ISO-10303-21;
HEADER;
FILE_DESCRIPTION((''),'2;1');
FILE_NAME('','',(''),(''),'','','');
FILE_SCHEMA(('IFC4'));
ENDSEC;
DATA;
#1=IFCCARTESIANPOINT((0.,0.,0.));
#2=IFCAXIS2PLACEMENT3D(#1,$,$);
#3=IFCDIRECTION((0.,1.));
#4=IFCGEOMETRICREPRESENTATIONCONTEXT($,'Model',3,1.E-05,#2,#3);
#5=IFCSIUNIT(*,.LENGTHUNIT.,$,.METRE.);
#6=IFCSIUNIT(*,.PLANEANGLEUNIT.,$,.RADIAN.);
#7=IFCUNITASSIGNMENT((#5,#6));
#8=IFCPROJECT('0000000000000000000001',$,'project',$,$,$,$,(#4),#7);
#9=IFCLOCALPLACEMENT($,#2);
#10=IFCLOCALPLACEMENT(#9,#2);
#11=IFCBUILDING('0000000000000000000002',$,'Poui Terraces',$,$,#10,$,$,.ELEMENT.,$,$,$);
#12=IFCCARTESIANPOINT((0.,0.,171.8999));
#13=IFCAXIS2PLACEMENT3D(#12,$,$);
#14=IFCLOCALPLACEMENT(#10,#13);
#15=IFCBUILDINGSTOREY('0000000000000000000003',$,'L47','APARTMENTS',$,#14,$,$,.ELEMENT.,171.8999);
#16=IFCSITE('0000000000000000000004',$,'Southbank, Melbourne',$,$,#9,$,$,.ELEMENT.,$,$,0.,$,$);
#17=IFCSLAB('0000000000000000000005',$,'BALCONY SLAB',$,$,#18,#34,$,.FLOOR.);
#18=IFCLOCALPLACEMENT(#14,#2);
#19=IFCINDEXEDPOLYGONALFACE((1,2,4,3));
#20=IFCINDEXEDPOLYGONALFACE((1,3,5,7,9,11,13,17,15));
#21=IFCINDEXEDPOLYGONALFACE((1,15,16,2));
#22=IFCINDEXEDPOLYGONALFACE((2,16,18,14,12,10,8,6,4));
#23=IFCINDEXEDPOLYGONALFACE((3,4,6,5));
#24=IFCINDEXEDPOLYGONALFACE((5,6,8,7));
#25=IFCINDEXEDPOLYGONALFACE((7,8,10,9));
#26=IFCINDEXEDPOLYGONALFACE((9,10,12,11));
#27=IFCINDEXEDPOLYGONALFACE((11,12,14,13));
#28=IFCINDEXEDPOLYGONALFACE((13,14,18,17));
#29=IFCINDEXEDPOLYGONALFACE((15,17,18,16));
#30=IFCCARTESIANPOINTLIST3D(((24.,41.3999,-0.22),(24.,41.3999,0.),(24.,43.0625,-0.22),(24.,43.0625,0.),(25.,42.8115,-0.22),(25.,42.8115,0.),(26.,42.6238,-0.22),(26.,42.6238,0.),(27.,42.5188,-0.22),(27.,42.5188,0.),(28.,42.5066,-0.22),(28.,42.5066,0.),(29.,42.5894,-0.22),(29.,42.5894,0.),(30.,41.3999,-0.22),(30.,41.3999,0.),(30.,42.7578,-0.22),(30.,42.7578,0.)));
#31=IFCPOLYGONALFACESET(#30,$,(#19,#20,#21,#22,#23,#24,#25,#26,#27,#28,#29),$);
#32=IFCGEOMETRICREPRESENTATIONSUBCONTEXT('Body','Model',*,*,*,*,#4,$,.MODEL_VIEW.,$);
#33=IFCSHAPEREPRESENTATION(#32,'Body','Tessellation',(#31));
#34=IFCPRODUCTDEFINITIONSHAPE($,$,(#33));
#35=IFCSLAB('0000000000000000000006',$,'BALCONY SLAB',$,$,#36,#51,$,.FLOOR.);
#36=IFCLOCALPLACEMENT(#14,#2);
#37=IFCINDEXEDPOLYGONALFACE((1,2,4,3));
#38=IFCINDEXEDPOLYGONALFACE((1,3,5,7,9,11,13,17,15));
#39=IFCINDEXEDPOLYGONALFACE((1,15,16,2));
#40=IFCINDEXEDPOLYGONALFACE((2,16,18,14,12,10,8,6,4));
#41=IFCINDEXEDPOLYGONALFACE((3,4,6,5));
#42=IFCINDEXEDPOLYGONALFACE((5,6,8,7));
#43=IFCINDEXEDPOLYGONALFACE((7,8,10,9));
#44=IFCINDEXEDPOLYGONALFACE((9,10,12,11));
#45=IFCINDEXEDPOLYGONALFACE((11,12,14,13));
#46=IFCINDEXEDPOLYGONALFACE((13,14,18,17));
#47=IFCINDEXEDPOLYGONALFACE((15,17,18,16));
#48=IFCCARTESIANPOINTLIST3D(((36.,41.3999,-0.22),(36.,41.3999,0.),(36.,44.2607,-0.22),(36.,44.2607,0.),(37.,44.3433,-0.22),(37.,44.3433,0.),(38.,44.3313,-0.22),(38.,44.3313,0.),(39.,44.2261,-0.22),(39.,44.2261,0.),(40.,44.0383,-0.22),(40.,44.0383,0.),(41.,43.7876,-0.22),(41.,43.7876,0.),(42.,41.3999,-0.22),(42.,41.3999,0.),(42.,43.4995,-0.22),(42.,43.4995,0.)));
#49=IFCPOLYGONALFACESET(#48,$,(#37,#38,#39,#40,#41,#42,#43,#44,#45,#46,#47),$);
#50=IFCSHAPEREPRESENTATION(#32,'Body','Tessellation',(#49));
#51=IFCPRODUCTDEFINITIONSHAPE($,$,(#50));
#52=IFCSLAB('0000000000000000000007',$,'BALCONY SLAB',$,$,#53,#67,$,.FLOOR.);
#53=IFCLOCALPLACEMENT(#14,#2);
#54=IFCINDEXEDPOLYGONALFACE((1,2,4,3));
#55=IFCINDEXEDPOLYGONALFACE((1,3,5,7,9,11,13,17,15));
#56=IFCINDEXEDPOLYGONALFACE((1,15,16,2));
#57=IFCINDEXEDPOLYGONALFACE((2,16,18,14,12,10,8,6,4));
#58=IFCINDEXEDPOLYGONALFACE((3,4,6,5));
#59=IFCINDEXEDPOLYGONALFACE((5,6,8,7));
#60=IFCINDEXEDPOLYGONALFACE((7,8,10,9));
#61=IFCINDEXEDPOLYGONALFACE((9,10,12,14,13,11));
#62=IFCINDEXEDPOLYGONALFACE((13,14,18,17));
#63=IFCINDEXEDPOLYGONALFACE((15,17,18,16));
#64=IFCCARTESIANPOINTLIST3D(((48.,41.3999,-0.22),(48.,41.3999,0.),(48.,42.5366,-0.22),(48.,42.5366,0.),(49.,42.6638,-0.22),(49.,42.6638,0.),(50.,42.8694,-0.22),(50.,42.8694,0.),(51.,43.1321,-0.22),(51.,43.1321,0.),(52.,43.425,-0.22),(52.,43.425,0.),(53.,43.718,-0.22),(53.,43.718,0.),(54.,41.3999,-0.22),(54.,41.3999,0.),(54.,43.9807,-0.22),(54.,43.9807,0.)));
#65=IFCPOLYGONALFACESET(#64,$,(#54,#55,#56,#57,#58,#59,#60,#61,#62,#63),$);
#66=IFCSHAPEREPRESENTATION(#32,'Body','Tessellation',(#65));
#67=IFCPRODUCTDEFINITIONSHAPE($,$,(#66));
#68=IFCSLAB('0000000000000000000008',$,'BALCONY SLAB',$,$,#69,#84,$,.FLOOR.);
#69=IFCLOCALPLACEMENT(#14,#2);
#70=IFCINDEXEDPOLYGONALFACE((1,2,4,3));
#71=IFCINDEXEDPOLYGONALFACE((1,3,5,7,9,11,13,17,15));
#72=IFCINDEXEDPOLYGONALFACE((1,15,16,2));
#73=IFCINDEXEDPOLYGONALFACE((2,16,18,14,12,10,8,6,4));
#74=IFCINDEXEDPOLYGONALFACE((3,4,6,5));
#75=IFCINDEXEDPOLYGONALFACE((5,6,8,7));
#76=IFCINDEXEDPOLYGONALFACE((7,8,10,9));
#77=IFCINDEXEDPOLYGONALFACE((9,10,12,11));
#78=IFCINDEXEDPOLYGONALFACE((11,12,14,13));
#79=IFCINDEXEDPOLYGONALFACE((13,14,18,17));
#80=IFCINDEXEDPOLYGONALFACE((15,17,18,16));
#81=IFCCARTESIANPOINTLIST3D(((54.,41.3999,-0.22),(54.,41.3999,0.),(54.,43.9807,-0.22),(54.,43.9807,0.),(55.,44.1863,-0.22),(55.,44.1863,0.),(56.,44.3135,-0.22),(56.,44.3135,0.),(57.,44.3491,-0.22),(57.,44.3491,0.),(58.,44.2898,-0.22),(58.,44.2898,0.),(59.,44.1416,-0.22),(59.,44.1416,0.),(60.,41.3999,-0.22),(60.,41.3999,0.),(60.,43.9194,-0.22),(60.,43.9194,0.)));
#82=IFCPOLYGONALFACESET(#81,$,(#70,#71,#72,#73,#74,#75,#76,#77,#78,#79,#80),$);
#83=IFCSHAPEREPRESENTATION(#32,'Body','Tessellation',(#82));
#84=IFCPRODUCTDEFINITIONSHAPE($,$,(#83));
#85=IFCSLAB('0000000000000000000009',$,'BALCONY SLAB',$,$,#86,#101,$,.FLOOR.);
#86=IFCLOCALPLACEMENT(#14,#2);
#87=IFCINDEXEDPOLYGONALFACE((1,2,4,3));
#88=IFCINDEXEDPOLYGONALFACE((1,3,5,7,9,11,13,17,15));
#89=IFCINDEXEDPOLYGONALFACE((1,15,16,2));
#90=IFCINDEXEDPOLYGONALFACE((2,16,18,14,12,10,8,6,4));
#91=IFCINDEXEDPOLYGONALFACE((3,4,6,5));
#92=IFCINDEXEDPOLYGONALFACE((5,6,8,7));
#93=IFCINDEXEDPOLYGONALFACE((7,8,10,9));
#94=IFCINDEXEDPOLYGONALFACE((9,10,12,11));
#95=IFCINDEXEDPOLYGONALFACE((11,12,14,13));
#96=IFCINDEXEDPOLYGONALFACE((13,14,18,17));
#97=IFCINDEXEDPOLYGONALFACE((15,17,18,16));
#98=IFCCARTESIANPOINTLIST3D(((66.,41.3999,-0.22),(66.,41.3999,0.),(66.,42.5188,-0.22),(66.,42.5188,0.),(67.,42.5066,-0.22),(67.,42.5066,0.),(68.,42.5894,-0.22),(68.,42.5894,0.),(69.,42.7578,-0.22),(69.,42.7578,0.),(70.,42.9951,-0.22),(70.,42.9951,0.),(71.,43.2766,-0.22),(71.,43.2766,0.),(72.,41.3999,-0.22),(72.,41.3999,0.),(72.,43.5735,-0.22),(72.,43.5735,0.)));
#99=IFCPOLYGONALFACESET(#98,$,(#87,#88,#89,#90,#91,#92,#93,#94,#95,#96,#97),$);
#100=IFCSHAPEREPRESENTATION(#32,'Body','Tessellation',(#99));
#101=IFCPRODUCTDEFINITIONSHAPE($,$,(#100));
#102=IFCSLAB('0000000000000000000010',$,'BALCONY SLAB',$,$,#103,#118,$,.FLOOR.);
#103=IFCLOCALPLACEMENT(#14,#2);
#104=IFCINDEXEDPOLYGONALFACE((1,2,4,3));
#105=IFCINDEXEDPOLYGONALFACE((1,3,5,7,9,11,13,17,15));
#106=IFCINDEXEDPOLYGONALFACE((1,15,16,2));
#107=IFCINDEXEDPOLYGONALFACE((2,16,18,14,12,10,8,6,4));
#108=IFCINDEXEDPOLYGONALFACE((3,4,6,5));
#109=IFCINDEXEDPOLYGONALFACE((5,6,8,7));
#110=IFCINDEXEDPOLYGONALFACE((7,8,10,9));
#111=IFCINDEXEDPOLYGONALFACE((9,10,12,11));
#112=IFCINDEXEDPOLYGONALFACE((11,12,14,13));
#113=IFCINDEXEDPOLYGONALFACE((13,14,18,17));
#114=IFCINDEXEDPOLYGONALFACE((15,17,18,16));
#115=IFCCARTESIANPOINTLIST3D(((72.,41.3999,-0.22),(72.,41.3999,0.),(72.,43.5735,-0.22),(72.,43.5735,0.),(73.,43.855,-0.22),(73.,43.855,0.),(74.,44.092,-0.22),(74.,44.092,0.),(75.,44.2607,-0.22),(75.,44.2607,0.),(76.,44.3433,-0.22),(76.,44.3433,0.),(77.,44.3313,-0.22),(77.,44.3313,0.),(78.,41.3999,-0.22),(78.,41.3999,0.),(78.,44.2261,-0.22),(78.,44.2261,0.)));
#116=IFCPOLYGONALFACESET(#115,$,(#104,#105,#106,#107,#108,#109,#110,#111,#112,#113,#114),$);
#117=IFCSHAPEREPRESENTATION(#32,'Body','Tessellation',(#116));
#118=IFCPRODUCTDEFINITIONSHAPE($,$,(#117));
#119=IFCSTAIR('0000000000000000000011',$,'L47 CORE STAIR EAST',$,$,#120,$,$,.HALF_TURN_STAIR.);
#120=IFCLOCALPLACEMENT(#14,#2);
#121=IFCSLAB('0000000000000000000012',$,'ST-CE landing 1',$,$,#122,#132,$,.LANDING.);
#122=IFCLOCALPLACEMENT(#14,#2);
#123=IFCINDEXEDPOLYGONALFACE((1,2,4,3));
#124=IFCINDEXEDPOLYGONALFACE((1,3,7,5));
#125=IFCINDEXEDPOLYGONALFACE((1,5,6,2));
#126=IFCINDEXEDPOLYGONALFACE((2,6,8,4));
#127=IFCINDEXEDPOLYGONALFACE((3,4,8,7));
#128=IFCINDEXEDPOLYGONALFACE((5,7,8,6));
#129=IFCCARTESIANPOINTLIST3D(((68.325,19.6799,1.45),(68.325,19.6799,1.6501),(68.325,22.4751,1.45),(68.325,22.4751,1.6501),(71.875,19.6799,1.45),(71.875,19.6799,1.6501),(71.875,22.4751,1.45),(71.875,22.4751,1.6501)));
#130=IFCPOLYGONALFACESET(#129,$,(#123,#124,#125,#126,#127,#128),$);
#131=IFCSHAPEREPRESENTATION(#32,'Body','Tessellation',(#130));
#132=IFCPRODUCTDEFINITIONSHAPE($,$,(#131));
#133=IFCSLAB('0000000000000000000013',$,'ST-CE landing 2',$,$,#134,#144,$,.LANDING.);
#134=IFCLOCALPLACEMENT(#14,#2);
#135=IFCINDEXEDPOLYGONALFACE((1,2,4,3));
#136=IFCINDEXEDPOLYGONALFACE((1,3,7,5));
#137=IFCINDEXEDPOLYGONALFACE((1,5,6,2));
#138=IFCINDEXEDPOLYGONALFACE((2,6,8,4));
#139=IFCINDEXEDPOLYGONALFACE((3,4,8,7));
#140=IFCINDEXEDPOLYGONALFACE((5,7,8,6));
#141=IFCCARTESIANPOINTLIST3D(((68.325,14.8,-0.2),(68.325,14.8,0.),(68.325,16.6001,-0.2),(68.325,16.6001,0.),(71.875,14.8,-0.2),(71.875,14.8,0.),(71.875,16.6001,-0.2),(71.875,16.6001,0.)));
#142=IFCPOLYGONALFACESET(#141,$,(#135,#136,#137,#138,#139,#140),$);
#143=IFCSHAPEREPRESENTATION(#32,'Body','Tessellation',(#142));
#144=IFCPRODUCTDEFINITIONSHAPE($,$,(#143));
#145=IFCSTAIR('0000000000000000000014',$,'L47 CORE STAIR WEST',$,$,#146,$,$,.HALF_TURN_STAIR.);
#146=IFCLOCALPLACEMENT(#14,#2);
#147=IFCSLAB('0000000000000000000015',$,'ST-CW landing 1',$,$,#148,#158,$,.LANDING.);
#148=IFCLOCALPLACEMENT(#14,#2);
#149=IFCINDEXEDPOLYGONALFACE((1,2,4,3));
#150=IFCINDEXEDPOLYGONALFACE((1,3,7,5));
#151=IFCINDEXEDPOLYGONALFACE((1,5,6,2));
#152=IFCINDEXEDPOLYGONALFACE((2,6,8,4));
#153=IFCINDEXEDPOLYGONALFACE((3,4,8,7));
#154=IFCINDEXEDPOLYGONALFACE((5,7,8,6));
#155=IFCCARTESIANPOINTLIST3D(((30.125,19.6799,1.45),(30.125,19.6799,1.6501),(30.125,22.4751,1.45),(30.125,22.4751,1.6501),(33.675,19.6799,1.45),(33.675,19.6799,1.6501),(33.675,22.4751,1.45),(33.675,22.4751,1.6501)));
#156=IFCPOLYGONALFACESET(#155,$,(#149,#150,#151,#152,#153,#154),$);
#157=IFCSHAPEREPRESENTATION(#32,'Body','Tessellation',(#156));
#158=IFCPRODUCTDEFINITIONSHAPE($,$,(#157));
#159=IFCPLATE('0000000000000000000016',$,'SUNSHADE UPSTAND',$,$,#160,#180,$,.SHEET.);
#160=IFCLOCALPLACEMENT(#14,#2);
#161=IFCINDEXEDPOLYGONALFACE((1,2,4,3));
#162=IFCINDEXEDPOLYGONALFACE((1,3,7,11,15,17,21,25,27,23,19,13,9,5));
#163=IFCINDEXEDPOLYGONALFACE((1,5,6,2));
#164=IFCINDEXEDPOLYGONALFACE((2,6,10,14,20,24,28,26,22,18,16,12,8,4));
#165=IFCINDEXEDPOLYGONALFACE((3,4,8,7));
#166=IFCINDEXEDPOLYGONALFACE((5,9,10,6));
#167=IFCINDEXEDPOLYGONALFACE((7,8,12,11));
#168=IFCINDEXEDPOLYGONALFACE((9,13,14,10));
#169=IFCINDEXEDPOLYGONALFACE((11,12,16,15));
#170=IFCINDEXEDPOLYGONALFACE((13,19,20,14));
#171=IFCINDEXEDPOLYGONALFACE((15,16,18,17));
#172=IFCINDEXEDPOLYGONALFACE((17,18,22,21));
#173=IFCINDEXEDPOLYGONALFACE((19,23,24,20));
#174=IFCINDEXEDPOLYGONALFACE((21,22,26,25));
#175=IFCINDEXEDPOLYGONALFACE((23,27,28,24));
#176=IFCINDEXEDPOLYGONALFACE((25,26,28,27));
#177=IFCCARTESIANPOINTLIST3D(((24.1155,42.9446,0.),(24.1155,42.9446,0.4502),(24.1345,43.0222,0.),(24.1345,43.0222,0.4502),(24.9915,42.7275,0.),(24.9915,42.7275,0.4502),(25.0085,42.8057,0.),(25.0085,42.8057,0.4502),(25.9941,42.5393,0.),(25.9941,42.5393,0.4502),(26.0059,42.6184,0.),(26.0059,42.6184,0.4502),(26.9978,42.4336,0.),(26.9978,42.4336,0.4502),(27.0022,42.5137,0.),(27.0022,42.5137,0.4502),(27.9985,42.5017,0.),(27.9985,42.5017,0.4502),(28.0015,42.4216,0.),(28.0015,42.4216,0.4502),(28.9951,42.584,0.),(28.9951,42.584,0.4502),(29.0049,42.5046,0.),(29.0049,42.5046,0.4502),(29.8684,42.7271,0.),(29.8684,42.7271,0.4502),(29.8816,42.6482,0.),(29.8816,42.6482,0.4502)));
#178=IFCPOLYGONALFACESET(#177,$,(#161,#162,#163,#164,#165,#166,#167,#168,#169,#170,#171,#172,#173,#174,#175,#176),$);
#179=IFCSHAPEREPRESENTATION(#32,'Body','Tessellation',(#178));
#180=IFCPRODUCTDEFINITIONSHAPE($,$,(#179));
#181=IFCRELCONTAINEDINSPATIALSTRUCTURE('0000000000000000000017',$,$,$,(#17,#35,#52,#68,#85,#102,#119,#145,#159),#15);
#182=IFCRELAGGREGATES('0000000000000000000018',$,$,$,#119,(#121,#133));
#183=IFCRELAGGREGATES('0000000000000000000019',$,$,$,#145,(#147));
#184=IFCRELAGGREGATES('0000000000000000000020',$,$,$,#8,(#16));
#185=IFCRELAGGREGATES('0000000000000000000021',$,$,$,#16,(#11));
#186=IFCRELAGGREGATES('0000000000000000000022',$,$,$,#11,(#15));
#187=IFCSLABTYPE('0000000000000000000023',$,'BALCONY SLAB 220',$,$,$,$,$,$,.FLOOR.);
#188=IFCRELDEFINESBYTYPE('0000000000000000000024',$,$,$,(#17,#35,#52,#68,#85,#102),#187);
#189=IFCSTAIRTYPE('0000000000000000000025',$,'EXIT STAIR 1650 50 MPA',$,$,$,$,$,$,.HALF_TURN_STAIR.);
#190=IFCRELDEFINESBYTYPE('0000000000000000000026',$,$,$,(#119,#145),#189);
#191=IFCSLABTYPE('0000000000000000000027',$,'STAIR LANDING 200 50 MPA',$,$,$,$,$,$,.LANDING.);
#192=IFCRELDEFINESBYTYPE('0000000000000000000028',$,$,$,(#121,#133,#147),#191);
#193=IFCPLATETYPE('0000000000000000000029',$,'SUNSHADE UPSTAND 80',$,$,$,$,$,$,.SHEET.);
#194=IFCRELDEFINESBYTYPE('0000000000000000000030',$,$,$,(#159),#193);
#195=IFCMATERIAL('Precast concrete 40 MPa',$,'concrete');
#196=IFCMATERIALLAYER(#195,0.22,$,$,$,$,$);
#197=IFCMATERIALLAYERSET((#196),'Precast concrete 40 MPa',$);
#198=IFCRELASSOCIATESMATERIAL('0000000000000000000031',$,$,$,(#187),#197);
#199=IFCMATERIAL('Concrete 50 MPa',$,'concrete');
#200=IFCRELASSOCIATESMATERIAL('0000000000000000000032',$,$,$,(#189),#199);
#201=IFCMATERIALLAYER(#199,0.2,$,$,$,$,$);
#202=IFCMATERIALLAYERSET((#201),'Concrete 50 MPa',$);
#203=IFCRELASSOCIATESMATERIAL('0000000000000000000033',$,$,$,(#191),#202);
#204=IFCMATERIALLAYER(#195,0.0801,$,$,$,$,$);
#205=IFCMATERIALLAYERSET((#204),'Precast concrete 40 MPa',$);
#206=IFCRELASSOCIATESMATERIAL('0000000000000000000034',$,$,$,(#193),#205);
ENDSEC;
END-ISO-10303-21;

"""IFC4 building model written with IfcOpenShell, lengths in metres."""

from ifc_helpers import new_model, si_unit, direction, frame, origin, place, context, subcontext, project, spatial, polyline, outline, extrude, material, layer, layer_set, type_object, element, aggregate, save


model = new_model("IFC4")

# Units and contexts
model_context = context("Model", 3, precision=1e-05, world=origin(), true_north=direction((0.0, 1.0)))
body_context = subcontext(model_context, "Body", "Model", "MODEL_VIEW")
ifc_project = project(units=[si_unit("LENGTHUNIT", "METRE"), si_unit("PLANEANGLEUNIT", "RADIAN")], contexts=[model_context])

# Site, building, storey
site_placement = place(None, origin())
site = spatial("IfcSite", under=ifc_project, at=site_placement, Name="Southbank, Melbourne", CompositionType="ELEMENT", RefElevation=0.0)
building_placement = place(site_placement, origin())
building = spatial("IfcBuilding", under=site, at=building_placement, Name="Poui Terraces", CompositionType="ELEMENT")
storey_placement = place(building_placement, frame((0.0, 0.0, 171.8999)))
storey = spatial("IfcBuildingStorey", under=building, at=storey_placement, Name="L47", Description="APARTMENTS", CompositionType="ELEMENT", Elevation=171.8999)

# Slabs
ifc_material_1 = material(Name="Precast concrete 40 MPa", Category="concrete")
ifc_layer_1 = layer(ifc_material_1, 0.22)
ifc_layer_set_1 = layer_set([ifc_layer_1], Name="Precast concrete 40 MPa")
slab_type_1 = type_object("IfcSlabType", Name="BALCONY SLAB 220", PredefinedType="FLOOR", material=ifc_layer_set_1)
slab_1_placement = place(storey_placement, frame((0.0, 0.0, -0.22)))
element("IfcSlab", 1, at=slab_1_placement, inside=storey, type_object=slab_type_1, Name="BALCONY SLAB", PredefinedType="FLOOR", context=body_context, shape_type="SweptSolid", body=[
    extrude(outline(polyline([(24.0, 41.3999), (30.0, 41.3999), (30.0, 42.7578), (29.0, 42.5894), (28.0, 42.5066), (27.0, 42.5188), (26.0, 42.6238), (25.0, 42.8115), (24.0, 43.0625), (24.0, 41.3999)])), origin(), (0.0, 0.0, 1.0), 0.22),
])
slab_2_placement = place(storey_placement, frame((0.0, 0.0, -0.22)))
element("IfcSlab", 2, at=slab_2_placement, inside=storey, type_object=slab_type_1, Name="BALCONY SLAB", PredefinedType="FLOOR", context=body_context, shape_type="SweptSolid", body=[
    extrude(outline(polyline([(36.0, 41.3999), (42.0, 41.3999), (42.0, 43.4995), (41.0, 43.7876), (40.0, 44.0383), (39.0, 44.2261), (38.0, 44.3313), (37.0, 44.3433), (36.0, 44.2607), (36.0, 41.3999)])), origin(), (0.0, 0.0, 1.0), 0.22),
])
slab_3_placement = place(storey_placement, frame((0.0, 0.0, -0.22)))
element("IfcSlab", 3, at=slab_3_placement, inside=storey, type_object=slab_type_1, Name="BALCONY SLAB", PredefinedType="FLOOR", context=body_context, shape_type="SweptSolid", body=[
    extrude(outline(polyline([(48.0, 41.3999), (54.0, 41.3999), (54.0, 43.9807), (53.0, 43.718), (52.0, 43.425), (51.0, 43.1321), (50.0, 42.8694), (49.0, 42.6638), (48.0, 42.5366), (48.0, 41.3999)])), origin(), (0.0, 0.0, 1.0), 0.22),
])
slab_4_placement = place(storey_placement, frame((0.0, 0.0, -0.22)))
element("IfcSlab", 4, at=slab_4_placement, inside=storey, type_object=slab_type_1, Name="BALCONY SLAB", PredefinedType="FLOOR", context=body_context, shape_type="SweptSolid", body=[
    extrude(outline(polyline([(54.0, 41.3999), (60.0, 41.3999), (60.0, 43.9194), (59.0, 44.1416), (58.0, 44.2898), (57.0, 44.3491), (56.0, 44.3135), (55.0, 44.1863), (54.0, 43.9807), (54.0, 41.3999)])), origin(), (0.0, 0.0, 1.0), 0.22),
])
slab_5_placement = place(storey_placement, frame((0.0, 0.0, -0.22)))
element("IfcSlab", 5, at=slab_5_placement, inside=storey, type_object=slab_type_1, Name="BALCONY SLAB", PredefinedType="FLOOR", context=body_context, shape_type="SweptSolid", body=[
    extrude(outline(polyline([(66.0, 41.3999), (72.0, 41.3999), (72.0, 43.5735), (71.0, 43.2766), (70.0, 42.9951), (69.0, 42.7578), (68.0, 42.5894), (67.0, 42.5066), (66.0, 42.5188), (66.0, 41.3999)])), origin(), (0.0, 0.0, 1.0), 0.22),
])
slab_6_placement = place(storey_placement, frame((0.0, 0.0, -0.22)))
element("IfcSlab", 6, at=slab_6_placement, inside=storey, type_object=slab_type_1, Name="BALCONY SLAB", PredefinedType="FLOOR", context=body_context, shape_type="SweptSolid", body=[
    extrude(outline(polyline([(72.0, 41.3999), (78.0, 41.3999), (78.0, 44.2261), (77.0, 44.3313), (76.0, 44.3433), (75.0, 44.2607), (74.0, 44.092), (73.0, 43.855), (72.0, 43.5735), (72.0, 41.3999)])), origin(), (0.0, 0.0, 1.0), 0.22),
])

# Stair, slabs
ifc_material_2 = material(Name="Concrete 50 MPa", Category="concrete")
stair_type = type_object("IfcStairType", Name="EXIT STAIR 1650 50 MPA", PredefinedType="HALF_TURN_STAIR", material=ifc_material_2)
stair_1_placement = place(storey_placement, origin())
stair_1 = element("IfcStair", 7, at=stair_1_placement, inside=storey, type_object=stair_type, Name="L47 CORE STAIR EAST", PredefinedType="HALF_TURN_STAIR")
ifc_layer_2 = layer(ifc_material_2, 0.2)
ifc_layer_set_2 = layer_set([ifc_layer_2], Name="Concrete 50 MPa")
slab_type_2 = type_object("IfcSlabType", Name="STAIR LANDING 200 50 MPA", PredefinedType="LANDING", material=ifc_layer_set_2)
slab_7_placement = place(storey_placement, frame((0.0, 0.0, 1.45)))
slab_7 = element("IfcSlab", 8, at=slab_7_placement, type_object=slab_type_2, Name="ST-CE landing 1", PredefinedType="LANDING", context=body_context, shape_type="SweptSolid", body=[
    extrude(outline(polyline([(68.325, 19.6799), (71.875, 19.6799), (71.875, 22.4751), (68.325, 22.4751), (68.325, 19.6799)])), origin(), (0.0, 0.0, 1.0), 0.2002),
])
slab_8_placement = place(storey_placement, frame((0.0, 0.0, -0.2)))
slab_8 = element("IfcSlab", 9, at=slab_8_placement, type_object=slab_type_2, Name="ST-CE landing 2", PredefinedType="LANDING", context=body_context, shape_type="SweptSolid", body=[
    extrude(outline(polyline([(68.325, 14.8), (71.875, 14.8), (71.875, 16.6001), (68.325, 16.6001), (68.325, 14.8)])), origin(), (0.0, 0.0, 1.0), 0.2),
])
aggregate(stair_1, [slab_7, slab_8])

# Stair, slab
stair_2_placement = place(storey_placement, origin())
stair_2 = element("IfcStair", 10, at=stair_2_placement, inside=storey, type_object=stair_type, Name="L47 CORE STAIR WEST", PredefinedType="HALF_TURN_STAIR")
slab_9_placement = place(storey_placement, frame((0.0, 0.0, 1.45)))
slab_9 = element("IfcSlab", 11, at=slab_9_placement, type_object=slab_type_2, Name="ST-CW landing 1", PredefinedType="LANDING", context=body_context, shape_type="SweptSolid", body=[
    extrude(outline(polyline([(30.125, 19.6799), (33.675, 19.6799), (33.675, 22.4751), (30.125, 22.4751), (30.125, 19.6799)])), origin(), (0.0, 0.0, 1.0), 0.2002),
])
aggregate(stair_2, [slab_9])

# Plate
ifc_layer_3 = layer(ifc_material_1, 0.0801)
ifc_layer_set_3 = layer_set([ifc_layer_3], Name="Precast concrete 40 MPa")
plate_type = type_object("IfcPlateType", Name="SUNSHADE UPSTAND 80", PredefinedType="SHEET", material=ifc_layer_set_3)
plate_1_placement = place(storey_placement, origin())
element("IfcPlate", 12, at=plate_1_placement, inside=storey, type_object=plate_type, Name="SUNSHADE UPSTAND", PredefinedType="SHEET", context=body_context, shape_type="SweptSolid", body=[
    extrude(outline(polyline([(25.0085, 42.8057), (24.1345, 43.0222), (24.1155, 42.9446), (24.9915, 42.7275), (25.9941, 42.5393), (26.9978, 42.4336), (28.0015, 42.4216), (29.0049, 42.5046), (29.8816, 42.6482), (29.8684, 42.7271), (28.9951, 42.584), (27.9985, 42.5017), (27.0022, 42.5137), (26.0059, 42.6184), (25.0085, 42.8057)])), origin(), (0.0, 0.0, 1.0), 0.4502),
])

save(model, "model.ifc")
